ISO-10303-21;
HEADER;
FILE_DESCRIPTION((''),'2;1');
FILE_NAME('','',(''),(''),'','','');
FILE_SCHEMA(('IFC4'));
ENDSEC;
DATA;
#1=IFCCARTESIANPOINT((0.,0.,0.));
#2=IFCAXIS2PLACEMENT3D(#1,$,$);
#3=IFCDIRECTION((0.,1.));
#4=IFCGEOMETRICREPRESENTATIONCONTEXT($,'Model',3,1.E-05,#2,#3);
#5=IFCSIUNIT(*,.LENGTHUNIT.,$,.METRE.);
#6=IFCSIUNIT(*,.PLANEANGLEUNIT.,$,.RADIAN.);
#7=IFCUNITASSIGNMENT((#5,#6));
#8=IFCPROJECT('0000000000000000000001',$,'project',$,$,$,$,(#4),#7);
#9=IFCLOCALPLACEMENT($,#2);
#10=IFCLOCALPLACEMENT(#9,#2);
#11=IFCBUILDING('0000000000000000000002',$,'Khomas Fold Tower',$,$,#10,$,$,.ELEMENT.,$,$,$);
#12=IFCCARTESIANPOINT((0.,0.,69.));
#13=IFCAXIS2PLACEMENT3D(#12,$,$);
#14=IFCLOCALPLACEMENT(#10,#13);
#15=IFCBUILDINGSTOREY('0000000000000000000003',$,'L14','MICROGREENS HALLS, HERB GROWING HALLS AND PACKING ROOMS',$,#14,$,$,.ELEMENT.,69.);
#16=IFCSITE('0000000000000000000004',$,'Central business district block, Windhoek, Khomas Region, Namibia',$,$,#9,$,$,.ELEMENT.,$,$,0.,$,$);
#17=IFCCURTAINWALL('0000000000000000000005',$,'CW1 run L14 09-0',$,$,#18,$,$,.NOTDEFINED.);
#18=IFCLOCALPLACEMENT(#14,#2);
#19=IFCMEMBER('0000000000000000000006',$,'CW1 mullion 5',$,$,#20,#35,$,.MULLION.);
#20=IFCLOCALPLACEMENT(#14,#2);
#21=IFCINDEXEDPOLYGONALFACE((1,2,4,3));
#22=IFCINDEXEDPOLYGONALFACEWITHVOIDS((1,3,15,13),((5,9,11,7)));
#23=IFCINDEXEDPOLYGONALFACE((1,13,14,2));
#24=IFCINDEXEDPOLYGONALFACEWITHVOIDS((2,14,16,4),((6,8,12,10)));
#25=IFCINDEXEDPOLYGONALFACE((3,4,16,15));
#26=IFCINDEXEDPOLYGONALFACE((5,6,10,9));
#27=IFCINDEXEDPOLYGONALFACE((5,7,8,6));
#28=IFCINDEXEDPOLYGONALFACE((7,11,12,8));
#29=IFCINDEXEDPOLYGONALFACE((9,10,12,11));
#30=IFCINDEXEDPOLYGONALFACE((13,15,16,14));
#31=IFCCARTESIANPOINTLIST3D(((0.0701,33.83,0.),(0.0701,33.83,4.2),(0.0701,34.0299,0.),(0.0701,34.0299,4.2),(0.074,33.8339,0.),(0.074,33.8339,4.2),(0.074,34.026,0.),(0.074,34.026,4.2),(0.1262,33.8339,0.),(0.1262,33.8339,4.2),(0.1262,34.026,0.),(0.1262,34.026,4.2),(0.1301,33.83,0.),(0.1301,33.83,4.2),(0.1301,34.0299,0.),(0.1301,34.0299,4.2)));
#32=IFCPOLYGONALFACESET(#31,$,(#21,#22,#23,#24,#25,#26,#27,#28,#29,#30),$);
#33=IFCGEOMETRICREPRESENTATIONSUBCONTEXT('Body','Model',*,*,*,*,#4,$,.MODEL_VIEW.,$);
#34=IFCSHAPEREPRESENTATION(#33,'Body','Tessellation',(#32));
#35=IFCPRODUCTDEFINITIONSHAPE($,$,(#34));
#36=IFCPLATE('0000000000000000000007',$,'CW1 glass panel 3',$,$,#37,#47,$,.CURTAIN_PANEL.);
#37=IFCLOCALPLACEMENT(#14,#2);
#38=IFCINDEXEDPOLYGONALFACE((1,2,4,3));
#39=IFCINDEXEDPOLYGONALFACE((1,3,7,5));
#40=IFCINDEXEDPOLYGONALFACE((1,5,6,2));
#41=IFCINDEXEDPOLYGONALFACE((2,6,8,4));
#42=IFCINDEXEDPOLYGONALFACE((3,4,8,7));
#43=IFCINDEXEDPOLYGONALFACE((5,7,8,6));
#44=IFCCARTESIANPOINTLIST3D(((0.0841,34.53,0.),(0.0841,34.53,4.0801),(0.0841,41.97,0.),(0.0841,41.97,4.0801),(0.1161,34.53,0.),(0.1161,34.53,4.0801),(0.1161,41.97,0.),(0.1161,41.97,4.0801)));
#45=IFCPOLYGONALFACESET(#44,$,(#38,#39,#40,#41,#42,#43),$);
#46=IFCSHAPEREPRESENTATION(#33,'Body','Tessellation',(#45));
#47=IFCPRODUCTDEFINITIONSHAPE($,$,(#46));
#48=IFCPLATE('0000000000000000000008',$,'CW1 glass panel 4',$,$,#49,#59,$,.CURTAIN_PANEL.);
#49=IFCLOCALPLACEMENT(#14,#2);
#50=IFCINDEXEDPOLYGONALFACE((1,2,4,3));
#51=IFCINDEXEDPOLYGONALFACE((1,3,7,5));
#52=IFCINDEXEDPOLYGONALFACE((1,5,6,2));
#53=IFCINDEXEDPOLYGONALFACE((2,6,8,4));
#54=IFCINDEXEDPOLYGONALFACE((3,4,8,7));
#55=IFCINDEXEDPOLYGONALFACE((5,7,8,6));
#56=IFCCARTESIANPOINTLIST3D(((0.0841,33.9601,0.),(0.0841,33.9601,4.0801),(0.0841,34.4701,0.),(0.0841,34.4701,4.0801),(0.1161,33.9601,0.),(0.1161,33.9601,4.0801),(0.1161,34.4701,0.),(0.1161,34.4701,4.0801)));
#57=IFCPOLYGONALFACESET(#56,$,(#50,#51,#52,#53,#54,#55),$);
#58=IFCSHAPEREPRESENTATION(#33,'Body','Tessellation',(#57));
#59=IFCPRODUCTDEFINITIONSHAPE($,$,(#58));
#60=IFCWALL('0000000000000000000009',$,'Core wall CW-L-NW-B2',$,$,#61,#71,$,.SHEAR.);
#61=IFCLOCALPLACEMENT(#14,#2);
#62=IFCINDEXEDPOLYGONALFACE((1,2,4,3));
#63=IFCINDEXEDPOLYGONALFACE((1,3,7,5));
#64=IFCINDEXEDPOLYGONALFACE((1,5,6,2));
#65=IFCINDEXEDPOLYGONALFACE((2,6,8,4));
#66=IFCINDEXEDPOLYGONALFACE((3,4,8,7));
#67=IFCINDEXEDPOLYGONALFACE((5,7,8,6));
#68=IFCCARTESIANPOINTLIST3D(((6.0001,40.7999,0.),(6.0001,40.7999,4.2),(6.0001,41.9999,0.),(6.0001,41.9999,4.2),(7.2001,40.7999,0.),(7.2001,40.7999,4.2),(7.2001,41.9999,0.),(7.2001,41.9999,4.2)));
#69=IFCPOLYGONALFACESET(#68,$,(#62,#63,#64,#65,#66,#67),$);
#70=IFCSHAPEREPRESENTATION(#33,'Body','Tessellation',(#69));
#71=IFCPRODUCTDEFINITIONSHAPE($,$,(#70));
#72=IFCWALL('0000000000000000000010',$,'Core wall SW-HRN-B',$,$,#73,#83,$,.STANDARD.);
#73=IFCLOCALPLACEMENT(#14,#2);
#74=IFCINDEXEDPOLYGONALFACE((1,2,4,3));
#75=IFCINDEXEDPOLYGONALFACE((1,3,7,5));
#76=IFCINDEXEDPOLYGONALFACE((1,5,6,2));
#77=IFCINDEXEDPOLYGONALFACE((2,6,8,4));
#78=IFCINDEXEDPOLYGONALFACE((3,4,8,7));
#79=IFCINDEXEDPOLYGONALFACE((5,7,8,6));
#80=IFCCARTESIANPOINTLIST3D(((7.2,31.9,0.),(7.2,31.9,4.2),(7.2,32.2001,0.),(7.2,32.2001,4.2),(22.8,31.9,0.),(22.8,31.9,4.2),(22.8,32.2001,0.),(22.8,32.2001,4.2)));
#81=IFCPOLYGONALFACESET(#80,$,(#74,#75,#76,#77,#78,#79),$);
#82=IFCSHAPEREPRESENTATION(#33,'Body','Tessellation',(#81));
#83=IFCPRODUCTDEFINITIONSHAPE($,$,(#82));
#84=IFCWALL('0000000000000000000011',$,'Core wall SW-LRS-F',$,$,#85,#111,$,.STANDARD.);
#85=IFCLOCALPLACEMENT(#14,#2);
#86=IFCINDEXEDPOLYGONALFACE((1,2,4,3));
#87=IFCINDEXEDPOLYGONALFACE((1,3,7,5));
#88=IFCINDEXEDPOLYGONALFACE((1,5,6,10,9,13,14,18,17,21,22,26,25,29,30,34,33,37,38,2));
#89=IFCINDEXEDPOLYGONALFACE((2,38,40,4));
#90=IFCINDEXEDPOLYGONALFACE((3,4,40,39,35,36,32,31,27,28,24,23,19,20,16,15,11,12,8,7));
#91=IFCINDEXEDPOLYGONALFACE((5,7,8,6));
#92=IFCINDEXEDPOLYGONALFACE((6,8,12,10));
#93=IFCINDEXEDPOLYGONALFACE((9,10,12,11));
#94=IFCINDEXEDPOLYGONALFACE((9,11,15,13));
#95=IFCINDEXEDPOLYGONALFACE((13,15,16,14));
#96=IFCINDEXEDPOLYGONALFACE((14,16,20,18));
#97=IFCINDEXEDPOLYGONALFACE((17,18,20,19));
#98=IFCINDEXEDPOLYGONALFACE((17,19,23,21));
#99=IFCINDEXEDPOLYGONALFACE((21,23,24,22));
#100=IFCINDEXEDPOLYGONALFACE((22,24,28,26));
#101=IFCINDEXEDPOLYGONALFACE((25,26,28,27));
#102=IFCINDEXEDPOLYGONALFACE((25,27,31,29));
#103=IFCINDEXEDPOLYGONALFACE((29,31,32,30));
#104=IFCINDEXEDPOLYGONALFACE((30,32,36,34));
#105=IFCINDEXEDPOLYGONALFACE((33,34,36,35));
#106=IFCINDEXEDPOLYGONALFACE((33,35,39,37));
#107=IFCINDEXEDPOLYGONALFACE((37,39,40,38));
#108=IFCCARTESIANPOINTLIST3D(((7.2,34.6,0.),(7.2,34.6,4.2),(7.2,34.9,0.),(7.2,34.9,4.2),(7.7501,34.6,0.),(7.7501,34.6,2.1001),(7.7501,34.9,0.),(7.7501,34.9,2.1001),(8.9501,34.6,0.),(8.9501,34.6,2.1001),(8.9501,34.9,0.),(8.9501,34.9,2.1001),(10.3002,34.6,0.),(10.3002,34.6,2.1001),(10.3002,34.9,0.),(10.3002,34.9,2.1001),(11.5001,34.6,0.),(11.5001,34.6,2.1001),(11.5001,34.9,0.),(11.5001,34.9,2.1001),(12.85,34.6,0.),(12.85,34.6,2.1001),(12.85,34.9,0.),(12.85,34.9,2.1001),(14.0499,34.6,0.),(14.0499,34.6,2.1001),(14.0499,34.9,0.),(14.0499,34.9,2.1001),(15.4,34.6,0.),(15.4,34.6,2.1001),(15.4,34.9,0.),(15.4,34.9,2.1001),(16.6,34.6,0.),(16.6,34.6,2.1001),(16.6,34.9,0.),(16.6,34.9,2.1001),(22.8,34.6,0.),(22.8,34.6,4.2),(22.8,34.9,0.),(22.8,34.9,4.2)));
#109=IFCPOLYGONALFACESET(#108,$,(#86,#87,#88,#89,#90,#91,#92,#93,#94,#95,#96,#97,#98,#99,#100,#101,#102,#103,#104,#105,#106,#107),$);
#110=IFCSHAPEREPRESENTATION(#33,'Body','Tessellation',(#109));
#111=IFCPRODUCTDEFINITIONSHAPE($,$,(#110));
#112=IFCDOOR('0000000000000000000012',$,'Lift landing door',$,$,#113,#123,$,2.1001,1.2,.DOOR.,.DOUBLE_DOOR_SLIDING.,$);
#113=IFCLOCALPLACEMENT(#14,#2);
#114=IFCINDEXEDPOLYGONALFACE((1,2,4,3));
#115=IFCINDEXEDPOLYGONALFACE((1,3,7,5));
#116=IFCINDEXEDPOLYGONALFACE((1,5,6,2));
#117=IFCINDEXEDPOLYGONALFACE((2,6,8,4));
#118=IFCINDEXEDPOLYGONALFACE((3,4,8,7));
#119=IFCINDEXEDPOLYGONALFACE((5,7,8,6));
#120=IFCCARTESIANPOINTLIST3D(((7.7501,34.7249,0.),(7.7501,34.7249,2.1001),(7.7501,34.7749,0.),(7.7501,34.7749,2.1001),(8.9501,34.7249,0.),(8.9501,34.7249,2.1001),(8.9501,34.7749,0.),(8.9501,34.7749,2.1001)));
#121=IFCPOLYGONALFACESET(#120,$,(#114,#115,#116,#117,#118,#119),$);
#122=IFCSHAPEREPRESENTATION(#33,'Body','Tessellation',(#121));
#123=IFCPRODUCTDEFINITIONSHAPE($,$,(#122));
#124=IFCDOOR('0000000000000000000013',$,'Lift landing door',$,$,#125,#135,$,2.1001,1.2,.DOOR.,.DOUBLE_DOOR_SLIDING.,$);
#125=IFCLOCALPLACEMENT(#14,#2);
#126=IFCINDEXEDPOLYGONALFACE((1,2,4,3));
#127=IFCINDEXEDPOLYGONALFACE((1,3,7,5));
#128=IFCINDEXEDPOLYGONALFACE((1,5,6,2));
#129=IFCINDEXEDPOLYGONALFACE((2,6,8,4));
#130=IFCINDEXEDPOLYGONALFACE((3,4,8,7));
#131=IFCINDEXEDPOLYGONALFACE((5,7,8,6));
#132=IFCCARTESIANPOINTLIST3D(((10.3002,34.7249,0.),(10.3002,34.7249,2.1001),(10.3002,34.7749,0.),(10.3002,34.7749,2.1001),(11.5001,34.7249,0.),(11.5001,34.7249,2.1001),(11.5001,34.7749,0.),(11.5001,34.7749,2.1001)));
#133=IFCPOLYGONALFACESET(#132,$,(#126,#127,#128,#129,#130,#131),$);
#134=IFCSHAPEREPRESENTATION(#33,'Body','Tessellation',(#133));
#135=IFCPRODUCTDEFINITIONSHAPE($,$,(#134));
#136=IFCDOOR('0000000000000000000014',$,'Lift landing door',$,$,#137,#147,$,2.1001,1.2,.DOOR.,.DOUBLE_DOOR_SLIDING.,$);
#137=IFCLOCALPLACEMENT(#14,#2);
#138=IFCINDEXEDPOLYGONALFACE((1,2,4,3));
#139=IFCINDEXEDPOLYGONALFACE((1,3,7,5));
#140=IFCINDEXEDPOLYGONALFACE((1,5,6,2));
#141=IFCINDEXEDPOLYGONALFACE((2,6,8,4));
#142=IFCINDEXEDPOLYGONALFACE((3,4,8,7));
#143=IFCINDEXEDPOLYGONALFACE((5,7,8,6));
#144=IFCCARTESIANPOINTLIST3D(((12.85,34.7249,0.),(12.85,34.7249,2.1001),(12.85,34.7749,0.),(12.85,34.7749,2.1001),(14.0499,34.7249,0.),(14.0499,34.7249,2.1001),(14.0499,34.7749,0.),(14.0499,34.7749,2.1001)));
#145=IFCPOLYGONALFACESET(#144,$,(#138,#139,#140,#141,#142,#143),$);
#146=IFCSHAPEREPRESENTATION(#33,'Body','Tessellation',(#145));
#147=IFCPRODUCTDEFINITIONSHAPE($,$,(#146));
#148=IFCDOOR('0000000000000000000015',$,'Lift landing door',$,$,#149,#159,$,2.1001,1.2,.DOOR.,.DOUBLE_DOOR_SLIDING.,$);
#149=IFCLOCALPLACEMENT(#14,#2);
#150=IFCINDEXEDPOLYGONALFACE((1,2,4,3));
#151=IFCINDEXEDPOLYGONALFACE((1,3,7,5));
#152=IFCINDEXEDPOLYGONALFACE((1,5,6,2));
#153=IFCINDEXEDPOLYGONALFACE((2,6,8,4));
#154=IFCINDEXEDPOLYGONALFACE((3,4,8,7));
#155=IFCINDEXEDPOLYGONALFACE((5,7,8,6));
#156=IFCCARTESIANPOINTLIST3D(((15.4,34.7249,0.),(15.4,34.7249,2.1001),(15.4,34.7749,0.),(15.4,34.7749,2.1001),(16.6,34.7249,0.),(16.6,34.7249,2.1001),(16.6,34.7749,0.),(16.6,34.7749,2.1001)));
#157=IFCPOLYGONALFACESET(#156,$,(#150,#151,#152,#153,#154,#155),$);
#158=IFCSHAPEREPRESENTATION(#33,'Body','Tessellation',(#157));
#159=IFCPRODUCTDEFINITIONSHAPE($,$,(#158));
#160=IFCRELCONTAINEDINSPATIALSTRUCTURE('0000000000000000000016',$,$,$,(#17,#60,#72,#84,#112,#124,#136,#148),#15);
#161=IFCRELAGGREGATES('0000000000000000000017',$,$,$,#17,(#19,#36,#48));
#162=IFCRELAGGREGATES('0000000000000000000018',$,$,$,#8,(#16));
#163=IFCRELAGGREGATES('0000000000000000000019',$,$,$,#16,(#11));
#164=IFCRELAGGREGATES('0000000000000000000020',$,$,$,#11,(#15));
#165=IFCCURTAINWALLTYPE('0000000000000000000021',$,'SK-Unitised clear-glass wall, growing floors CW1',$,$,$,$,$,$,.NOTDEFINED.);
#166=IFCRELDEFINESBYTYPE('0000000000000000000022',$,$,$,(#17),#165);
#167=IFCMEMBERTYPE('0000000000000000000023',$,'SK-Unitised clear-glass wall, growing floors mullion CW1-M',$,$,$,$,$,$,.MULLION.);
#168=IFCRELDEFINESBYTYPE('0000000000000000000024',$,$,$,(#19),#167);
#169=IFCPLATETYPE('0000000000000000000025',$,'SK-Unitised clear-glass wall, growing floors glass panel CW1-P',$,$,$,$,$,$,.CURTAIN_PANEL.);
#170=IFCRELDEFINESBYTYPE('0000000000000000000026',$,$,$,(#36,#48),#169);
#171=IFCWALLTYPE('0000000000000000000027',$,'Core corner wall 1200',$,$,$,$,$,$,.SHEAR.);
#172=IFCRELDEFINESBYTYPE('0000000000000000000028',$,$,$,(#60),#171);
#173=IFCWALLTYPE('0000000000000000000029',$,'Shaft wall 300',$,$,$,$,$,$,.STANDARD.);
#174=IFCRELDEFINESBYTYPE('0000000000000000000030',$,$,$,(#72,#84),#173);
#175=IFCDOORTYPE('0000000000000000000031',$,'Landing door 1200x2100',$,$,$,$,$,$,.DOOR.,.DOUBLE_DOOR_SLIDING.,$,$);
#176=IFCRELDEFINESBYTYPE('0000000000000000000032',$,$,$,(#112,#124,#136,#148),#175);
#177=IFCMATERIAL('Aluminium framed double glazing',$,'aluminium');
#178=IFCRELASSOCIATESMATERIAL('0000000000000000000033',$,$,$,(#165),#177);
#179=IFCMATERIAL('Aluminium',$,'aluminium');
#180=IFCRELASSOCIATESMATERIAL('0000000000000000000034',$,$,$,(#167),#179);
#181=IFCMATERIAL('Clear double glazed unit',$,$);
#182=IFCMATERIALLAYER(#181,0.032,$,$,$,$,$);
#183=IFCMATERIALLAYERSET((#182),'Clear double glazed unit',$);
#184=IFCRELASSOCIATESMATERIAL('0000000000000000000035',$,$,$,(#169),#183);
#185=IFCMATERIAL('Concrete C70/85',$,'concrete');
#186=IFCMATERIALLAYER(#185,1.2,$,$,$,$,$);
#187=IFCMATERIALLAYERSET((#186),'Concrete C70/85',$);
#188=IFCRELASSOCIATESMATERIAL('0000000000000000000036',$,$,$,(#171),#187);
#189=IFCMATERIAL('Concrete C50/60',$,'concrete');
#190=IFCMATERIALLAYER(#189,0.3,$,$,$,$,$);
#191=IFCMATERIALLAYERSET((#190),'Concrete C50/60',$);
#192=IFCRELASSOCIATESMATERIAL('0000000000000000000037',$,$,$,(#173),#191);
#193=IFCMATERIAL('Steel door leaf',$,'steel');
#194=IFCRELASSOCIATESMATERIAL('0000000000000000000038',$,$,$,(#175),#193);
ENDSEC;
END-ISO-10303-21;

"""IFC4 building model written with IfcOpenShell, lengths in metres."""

from ifc_helpers import new_model, si_unit, direction, frame, frame_2d, origin, origin_2d, place, context, subcontext, project, spatial, rectangle, hollow_rectangle, extrude, source, transform, mapped, material, layer, layer_set, material_profile, profile_set, type_object, element, fill, aggregate, save


model = new_model("IFC4")

# Units and contexts
model_context = context("Model", 3, precision=1e-05, world=origin(), true_north=direction((0.0, 1.0)))
body_context = subcontext(model_context, "Body", "Model", "MODEL_VIEW")
ifc_project = project(units=[si_unit("LENGTHUNIT", "METRE"), si_unit("PLANEANGLEUNIT", "RADIAN")], contexts=[model_context])

# Site, building, storey
site_placement = place(None, origin())
site = spatial("IfcSite", under=ifc_project, at=site_placement, Name="Central business district block, Windhoek, Khomas Region, Namibia", CompositionType="ELEMENT", RefElevation=0.0)
building_placement = place(site_placement, origin())
building = spatial("IfcBuilding", under=site, at=building_placement, Name="Khomas Fold Tower", CompositionType="ELEMENT")
storey_placement = place(building_placement, frame((0.0, 0.0, 69.0)))
storey = spatial("IfcBuildingStorey", under=building, at=storey_placement, Name="L14", Description="MICROGREENS HALLS, HERB GROWING HALLS AND PACKING ROOMS", CompositionType="ELEMENT", Elevation=69.0)

# Curtain wall, member, plates
ifc_material_1 = material(Name="Aluminium framed double glazing", Category="aluminium")
curtain_wall_type = type_object("IfcCurtainWallType", Name="SK-Unitised clear-glass wall, growing floors CW1", PredefinedType="NOTDEFINED", material=ifc_material_1)
curtain_wall_placement = place(storey_placement, origin())
curtain_wall = element("IfcCurtainWall", 1, at=curtain_wall_placement, inside=storey, type_object=curtain_wall_type, Name="CW1 run L14 09-0", PredefinedType="NOTDEFINED")
ifc_material_2 = material(Name="Aluminium", Category="aluminium")
ifc_material_profile_1 = material_profile(ifc_material_2, hollow_rectangle(XDim=0.0601, YDim=0.2, WallThickness=0.0039, at=origin_2d()), Name="SK-Unitised clear-glass wall, growing floors mullion CW1-M")
ifc_profile_set_1 = profile_set([ifc_material_profile_1], Name="Aluminium")
member_type_1 = type_object("IfcMemberType", Name="SK-Unitised clear-glass wall, growing floors mullion CW1-M", PredefinedType="MULLION", material=ifc_profile_set_1)
shared_shape_1 = source(origin(), body_context, "Body", "SweptSolid", [
    extrude(hollow_rectangle(XDim=0.0601, YDim=0.2, WallThickness=0.0039, at=origin_2d()), origin(), (0.0, 0.0, 1.0), 4.2),
])
member_1_placement = place(storey_placement, frame((0.1001, 33.9299, 0.0), z_axis=(0.0, 0.0, 1.0), x_axis=(1.0, 0.0, 0.0)))
member_1 = element("IfcMember", 2, at=member_1_placement, type_object=member_type_1, Name="CW1 mullion 5", PredefinedType="MULLION", context=body_context, shape_type="MappedRepresentation", body=[
    mapped(shared_shape_1, transform((0.0, 0.0, 0.0))),
])
ifc_material_3 = material(Name="Clear double glazed unit")
ifc_layer_1 = layer(ifc_material_3, 0.032)
ifc_layer_set_1 = layer_set([ifc_layer_1], Name="Clear double glazed unit")
plate_type = type_object("IfcPlateType", Name="SK-Unitised clear-glass wall, growing floors glass panel CW1-P", PredefinedType="CURTAIN_PANEL", material=ifc_layer_set_1)
shared_shape_2 = source(origin(), body_context, "Body", "SweptSolid", [
    extrude(rectangle(XDim=7.4399, YDim=0.032, at=origin_2d()), origin(), (0.0, 0.0, 1.0), 4.0801),
])
plate_1_placement = place(storey_placement, frame((0.1001, 38.25, 0.0), z_axis=(0.0, 0.0, 1.0), x_axis=(0.0, -1.0, 0.0)))
plate_1 = element("IfcPlate", 3, at=plate_1_placement, type_object=plate_type, Name="CW1 glass panel 3", PredefinedType="CURTAIN_PANEL", context=body_context, shape_type="MappedRepresentation", body=[
    mapped(shared_shape_2, transform((0.0, 0.0, 0.0))),
])
shared_shape_3 = source(origin(), body_context, "Body", "SweptSolid", [
    extrude(rectangle(XDim=0.51, YDim=0.032, at=origin_2d()), origin(), (0.0, 0.0, 1.0), 4.0801),
])
plate_2_placement = place(storey_placement, frame((0.1001, 34.2151, 0.0), z_axis=(0.0, 0.0, 1.0), x_axis=(0.0, -1.0, 0.0)))
plate_2 = element("IfcPlate", 4, at=plate_2_placement, type_object=plate_type, Name="CW1 glass panel 4", PredefinedType="CURTAIN_PANEL", context=body_context, shape_type="MappedRepresentation", body=[
    mapped(shared_shape_3, transform((0.0, 0.0, 0.0))),
])
aggregate(curtain_wall, [member_1, plate_1, plate_2])

# Walls
ifc_material_4 = material(Name="Concrete C70/85", Category="concrete")
ifc_layer_2 = layer(ifc_material_4, 1.2)
ifc_layer_set_2 = layer_set([ifc_layer_2], Name="Concrete C70/85")
wall_type_1 = type_object("IfcWallType", Name="Core corner wall 1200", PredefinedType="SHEAR", material=ifc_layer_set_2)
shared_shape_4 = source(origin(), body_context, "Body", "SweptSolid", [
    extrude(rectangle(XDim=1.2, YDim=1.2, at=frame_2d((0.6001, 0.0))), origin(), (0.0, 0.0, 1.0), 4.2),
])
wall_1_placement = place(storey_placement, frame((6.0, 41.3999, 0.0), z_axis=(0.0, 0.0, 1.0), x_axis=(1.0, 0.0, 0.0)))
element("IfcWall", 5, at=wall_1_placement, inside=storey, type_object=wall_type_1, Name="Core wall CW-L-NW-B2", PredefinedType="SHEAR", context=body_context, shape_type="MappedRepresentation", body=[
    mapped(shared_shape_4, transform((0.0, 0.0, 0.0))),
])
ifc_material_5 = material(Name="Concrete C50/60", Category="concrete")
ifc_layer_3 = layer(ifc_material_5, 0.3)
ifc_layer_set_3 = layer_set([ifc_layer_3], Name="Concrete C50/60")
wall_type_2 = type_object("IfcWallType", Name="Shaft wall 300", PredefinedType="STANDARD", material=ifc_layer_set_3)
shared_shape_5 = source(origin(), body_context, "Body", "SweptSolid", [
    extrude(rectangle(XDim=15.6001, YDim=0.3, at=frame_2d((7.8, 0.0))), origin(), (0.0, 0.0, 1.0), 4.2),
])
wall_2_placement = place(storey_placement, frame((7.2, 32.05, 0.0), z_axis=(0.0, 0.0, 1.0), x_axis=(1.0, 0.0, 0.0)))
element("IfcWall", 6, at=wall_2_placement, inside=storey, type_object=wall_type_2, Name="Core wall SW-HRN-B", PredefinedType="STANDARD", context=body_context, shape_type="MappedRepresentation", body=[
    mapped(shared_shape_5, transform((0.0, 0.0, 0.0))),
])

# Wall, openings, doors
wall_3_placement = place(storey_placement, frame((7.2, 34.75, 0.0), z_axis=(0.0, 0.0, 1.0), x_axis=(1.0, 0.0, 0.0)))
wall_3 = element("IfcWall", 7, at=wall_3_placement, inside=storey, type_object=wall_type_2, Name="Core wall SW-LRS-F", PredefinedType="STANDARD", context=body_context, shape_type="MappedRepresentation", body=[
    mapped(shared_shape_5, transform((0.0, 0.0, 0.0))),
])
shared_shape_6 = source(origin(), body_context, "Body", "SweptSolid", [
    extrude(rectangle(XDim=1.2, YDim=2.1001, at=frame_2d((0.6001, 1.05))), frame((0.0, 0.1599, 0.0), z_axis=(0.0, -1.0, 0.0), x_axis=(1.0, 0.0, 0.0)), (0.0, 0.0, 1.0), 0.3201),
])
opening_1_placement = place(wall_3_placement, frame((0.55, 0.0, 0.0)))
opening_1 = element("IfcOpeningElement", 8, at=opening_1_placement, cuts=wall_3, PredefinedType="OPENING", context=body_context, shape_type="MappedRepresentation", body=[
    mapped(shared_shape_6, transform((0.0, 0.0, 0.0))),
])
opening_2_placement = place(wall_3_placement, frame((3.1001, 0.0, 0.0)))
opening_2 = element("IfcOpeningElement", 9, at=opening_2_placement, cuts=wall_3, PredefinedType="OPENING", context=body_context, shape_type="MappedRepresentation", body=[
    mapped(shared_shape_6, transform((0.0, 0.0, 0.0))),
])
opening_3_placement = place(wall_3_placement, frame((5.6499, 0.0, 0.0)))
opening_3 = element("IfcOpeningElement", 10, at=opening_3_placement, cuts=wall_3, PredefinedType="OPENING", context=body_context, shape_type="MappedRepresentation", body=[
    mapped(shared_shape_6, transform((0.0, 0.0, 0.0))),
])
opening_4_placement = place(wall_3_placement, frame((8.2, 0.0, 0.0)))
opening_4 = element("IfcOpeningElement", 11, at=opening_4_placement, cuts=wall_3, PredefinedType="OPENING", context=body_context, shape_type="MappedRepresentation", body=[
    mapped(shared_shape_6, transform((0.0, 0.0, 0.0))),
])
ifc_material_6 = material(Name="Steel door leaf", Category="steel")
door_type_1 = type_object("IfcDoorType", Name="Landing door 1200x2100", OperationType="DOUBLE_DOOR_SLIDING", PredefinedType="DOOR", material=ifc_material_6)
shared_shape_7 = source(origin(), body_context, "Body", "SweptSolid", [
    extrude(rectangle(XDim=1.2, YDim=2.1001, at=frame_2d((0.6001, 1.05))), frame((0.0, 0.0249, 0.0), z_axis=(0.0, -1.0, 0.0), x_axis=(1.0, 0.0, 0.0)), (0.0, 0.0, 1.0), 0.05),
])
door_1_placement = place(opening_1_placement, origin())
door_1 = element("IfcDoor", 12, at=door_1_placement, inside=storey, type_object=door_type_1, Name="Lift landing door", OperationType="DOUBLE_DOOR_SLIDING", OverallHeight=2.1001, OverallWidth=1.2, PredefinedType="DOOR", context=body_context, shape_type="MappedRepresentation", body=[
    mapped(shared_shape_7, transform((0.0, 0.0, 0.0))),
])
fill(opening_1, door_1)
door_2_placement = place(opening_2_placement, origin())
door_2 = element("IfcDoor", 13, at=door_2_placement, inside=storey, type_object=door_type_1, Name="Lift landing door", OperationType="DOUBLE_DOOR_SLIDING", OverallHeight=2.1001, OverallWidth=1.2, PredefinedType="DOOR", context=body_context, shape_type="MappedRepresentation", body=[
    mapped(shared_shape_7, transform((0.0, 0.0, 0.0))),
])
fill(opening_2, door_2)
door_3_placement = place(opening_3_placement, origin())
door_3 = element("IfcDoor", 14, at=door_3_placement, inside=storey, type_object=door_type_1, Name="Lift landing door", OperationType="DOUBLE_DOOR_SLIDING", OverallHeight=2.1001, OverallWidth=1.2, PredefinedType="DOOR", context=body_context, shape_type="MappedRepresentation", body=[
    mapped(shared_shape_7, transform((0.0, 0.0, 0.0))),
])
fill(opening_3, door_3)
door_4_placement = place(opening_4_placement, origin())
door_4 = element("IfcDoor", 15, at=door_4_placement, inside=storey, type_object=door_type_1, Name="Lift landing door", OperationType="DOUBLE_DOOR_SLIDING", OverallHeight=2.1001, OverallWidth=1.2, PredefinedType="DOOR", context=body_context, shape_type="MappedRepresentation", body=[
    mapped(shared_shape_7, transform((0.0, 0.0, 0.0))),
])
fill(opening_4, door_4)

save(model, "model.ifc")
